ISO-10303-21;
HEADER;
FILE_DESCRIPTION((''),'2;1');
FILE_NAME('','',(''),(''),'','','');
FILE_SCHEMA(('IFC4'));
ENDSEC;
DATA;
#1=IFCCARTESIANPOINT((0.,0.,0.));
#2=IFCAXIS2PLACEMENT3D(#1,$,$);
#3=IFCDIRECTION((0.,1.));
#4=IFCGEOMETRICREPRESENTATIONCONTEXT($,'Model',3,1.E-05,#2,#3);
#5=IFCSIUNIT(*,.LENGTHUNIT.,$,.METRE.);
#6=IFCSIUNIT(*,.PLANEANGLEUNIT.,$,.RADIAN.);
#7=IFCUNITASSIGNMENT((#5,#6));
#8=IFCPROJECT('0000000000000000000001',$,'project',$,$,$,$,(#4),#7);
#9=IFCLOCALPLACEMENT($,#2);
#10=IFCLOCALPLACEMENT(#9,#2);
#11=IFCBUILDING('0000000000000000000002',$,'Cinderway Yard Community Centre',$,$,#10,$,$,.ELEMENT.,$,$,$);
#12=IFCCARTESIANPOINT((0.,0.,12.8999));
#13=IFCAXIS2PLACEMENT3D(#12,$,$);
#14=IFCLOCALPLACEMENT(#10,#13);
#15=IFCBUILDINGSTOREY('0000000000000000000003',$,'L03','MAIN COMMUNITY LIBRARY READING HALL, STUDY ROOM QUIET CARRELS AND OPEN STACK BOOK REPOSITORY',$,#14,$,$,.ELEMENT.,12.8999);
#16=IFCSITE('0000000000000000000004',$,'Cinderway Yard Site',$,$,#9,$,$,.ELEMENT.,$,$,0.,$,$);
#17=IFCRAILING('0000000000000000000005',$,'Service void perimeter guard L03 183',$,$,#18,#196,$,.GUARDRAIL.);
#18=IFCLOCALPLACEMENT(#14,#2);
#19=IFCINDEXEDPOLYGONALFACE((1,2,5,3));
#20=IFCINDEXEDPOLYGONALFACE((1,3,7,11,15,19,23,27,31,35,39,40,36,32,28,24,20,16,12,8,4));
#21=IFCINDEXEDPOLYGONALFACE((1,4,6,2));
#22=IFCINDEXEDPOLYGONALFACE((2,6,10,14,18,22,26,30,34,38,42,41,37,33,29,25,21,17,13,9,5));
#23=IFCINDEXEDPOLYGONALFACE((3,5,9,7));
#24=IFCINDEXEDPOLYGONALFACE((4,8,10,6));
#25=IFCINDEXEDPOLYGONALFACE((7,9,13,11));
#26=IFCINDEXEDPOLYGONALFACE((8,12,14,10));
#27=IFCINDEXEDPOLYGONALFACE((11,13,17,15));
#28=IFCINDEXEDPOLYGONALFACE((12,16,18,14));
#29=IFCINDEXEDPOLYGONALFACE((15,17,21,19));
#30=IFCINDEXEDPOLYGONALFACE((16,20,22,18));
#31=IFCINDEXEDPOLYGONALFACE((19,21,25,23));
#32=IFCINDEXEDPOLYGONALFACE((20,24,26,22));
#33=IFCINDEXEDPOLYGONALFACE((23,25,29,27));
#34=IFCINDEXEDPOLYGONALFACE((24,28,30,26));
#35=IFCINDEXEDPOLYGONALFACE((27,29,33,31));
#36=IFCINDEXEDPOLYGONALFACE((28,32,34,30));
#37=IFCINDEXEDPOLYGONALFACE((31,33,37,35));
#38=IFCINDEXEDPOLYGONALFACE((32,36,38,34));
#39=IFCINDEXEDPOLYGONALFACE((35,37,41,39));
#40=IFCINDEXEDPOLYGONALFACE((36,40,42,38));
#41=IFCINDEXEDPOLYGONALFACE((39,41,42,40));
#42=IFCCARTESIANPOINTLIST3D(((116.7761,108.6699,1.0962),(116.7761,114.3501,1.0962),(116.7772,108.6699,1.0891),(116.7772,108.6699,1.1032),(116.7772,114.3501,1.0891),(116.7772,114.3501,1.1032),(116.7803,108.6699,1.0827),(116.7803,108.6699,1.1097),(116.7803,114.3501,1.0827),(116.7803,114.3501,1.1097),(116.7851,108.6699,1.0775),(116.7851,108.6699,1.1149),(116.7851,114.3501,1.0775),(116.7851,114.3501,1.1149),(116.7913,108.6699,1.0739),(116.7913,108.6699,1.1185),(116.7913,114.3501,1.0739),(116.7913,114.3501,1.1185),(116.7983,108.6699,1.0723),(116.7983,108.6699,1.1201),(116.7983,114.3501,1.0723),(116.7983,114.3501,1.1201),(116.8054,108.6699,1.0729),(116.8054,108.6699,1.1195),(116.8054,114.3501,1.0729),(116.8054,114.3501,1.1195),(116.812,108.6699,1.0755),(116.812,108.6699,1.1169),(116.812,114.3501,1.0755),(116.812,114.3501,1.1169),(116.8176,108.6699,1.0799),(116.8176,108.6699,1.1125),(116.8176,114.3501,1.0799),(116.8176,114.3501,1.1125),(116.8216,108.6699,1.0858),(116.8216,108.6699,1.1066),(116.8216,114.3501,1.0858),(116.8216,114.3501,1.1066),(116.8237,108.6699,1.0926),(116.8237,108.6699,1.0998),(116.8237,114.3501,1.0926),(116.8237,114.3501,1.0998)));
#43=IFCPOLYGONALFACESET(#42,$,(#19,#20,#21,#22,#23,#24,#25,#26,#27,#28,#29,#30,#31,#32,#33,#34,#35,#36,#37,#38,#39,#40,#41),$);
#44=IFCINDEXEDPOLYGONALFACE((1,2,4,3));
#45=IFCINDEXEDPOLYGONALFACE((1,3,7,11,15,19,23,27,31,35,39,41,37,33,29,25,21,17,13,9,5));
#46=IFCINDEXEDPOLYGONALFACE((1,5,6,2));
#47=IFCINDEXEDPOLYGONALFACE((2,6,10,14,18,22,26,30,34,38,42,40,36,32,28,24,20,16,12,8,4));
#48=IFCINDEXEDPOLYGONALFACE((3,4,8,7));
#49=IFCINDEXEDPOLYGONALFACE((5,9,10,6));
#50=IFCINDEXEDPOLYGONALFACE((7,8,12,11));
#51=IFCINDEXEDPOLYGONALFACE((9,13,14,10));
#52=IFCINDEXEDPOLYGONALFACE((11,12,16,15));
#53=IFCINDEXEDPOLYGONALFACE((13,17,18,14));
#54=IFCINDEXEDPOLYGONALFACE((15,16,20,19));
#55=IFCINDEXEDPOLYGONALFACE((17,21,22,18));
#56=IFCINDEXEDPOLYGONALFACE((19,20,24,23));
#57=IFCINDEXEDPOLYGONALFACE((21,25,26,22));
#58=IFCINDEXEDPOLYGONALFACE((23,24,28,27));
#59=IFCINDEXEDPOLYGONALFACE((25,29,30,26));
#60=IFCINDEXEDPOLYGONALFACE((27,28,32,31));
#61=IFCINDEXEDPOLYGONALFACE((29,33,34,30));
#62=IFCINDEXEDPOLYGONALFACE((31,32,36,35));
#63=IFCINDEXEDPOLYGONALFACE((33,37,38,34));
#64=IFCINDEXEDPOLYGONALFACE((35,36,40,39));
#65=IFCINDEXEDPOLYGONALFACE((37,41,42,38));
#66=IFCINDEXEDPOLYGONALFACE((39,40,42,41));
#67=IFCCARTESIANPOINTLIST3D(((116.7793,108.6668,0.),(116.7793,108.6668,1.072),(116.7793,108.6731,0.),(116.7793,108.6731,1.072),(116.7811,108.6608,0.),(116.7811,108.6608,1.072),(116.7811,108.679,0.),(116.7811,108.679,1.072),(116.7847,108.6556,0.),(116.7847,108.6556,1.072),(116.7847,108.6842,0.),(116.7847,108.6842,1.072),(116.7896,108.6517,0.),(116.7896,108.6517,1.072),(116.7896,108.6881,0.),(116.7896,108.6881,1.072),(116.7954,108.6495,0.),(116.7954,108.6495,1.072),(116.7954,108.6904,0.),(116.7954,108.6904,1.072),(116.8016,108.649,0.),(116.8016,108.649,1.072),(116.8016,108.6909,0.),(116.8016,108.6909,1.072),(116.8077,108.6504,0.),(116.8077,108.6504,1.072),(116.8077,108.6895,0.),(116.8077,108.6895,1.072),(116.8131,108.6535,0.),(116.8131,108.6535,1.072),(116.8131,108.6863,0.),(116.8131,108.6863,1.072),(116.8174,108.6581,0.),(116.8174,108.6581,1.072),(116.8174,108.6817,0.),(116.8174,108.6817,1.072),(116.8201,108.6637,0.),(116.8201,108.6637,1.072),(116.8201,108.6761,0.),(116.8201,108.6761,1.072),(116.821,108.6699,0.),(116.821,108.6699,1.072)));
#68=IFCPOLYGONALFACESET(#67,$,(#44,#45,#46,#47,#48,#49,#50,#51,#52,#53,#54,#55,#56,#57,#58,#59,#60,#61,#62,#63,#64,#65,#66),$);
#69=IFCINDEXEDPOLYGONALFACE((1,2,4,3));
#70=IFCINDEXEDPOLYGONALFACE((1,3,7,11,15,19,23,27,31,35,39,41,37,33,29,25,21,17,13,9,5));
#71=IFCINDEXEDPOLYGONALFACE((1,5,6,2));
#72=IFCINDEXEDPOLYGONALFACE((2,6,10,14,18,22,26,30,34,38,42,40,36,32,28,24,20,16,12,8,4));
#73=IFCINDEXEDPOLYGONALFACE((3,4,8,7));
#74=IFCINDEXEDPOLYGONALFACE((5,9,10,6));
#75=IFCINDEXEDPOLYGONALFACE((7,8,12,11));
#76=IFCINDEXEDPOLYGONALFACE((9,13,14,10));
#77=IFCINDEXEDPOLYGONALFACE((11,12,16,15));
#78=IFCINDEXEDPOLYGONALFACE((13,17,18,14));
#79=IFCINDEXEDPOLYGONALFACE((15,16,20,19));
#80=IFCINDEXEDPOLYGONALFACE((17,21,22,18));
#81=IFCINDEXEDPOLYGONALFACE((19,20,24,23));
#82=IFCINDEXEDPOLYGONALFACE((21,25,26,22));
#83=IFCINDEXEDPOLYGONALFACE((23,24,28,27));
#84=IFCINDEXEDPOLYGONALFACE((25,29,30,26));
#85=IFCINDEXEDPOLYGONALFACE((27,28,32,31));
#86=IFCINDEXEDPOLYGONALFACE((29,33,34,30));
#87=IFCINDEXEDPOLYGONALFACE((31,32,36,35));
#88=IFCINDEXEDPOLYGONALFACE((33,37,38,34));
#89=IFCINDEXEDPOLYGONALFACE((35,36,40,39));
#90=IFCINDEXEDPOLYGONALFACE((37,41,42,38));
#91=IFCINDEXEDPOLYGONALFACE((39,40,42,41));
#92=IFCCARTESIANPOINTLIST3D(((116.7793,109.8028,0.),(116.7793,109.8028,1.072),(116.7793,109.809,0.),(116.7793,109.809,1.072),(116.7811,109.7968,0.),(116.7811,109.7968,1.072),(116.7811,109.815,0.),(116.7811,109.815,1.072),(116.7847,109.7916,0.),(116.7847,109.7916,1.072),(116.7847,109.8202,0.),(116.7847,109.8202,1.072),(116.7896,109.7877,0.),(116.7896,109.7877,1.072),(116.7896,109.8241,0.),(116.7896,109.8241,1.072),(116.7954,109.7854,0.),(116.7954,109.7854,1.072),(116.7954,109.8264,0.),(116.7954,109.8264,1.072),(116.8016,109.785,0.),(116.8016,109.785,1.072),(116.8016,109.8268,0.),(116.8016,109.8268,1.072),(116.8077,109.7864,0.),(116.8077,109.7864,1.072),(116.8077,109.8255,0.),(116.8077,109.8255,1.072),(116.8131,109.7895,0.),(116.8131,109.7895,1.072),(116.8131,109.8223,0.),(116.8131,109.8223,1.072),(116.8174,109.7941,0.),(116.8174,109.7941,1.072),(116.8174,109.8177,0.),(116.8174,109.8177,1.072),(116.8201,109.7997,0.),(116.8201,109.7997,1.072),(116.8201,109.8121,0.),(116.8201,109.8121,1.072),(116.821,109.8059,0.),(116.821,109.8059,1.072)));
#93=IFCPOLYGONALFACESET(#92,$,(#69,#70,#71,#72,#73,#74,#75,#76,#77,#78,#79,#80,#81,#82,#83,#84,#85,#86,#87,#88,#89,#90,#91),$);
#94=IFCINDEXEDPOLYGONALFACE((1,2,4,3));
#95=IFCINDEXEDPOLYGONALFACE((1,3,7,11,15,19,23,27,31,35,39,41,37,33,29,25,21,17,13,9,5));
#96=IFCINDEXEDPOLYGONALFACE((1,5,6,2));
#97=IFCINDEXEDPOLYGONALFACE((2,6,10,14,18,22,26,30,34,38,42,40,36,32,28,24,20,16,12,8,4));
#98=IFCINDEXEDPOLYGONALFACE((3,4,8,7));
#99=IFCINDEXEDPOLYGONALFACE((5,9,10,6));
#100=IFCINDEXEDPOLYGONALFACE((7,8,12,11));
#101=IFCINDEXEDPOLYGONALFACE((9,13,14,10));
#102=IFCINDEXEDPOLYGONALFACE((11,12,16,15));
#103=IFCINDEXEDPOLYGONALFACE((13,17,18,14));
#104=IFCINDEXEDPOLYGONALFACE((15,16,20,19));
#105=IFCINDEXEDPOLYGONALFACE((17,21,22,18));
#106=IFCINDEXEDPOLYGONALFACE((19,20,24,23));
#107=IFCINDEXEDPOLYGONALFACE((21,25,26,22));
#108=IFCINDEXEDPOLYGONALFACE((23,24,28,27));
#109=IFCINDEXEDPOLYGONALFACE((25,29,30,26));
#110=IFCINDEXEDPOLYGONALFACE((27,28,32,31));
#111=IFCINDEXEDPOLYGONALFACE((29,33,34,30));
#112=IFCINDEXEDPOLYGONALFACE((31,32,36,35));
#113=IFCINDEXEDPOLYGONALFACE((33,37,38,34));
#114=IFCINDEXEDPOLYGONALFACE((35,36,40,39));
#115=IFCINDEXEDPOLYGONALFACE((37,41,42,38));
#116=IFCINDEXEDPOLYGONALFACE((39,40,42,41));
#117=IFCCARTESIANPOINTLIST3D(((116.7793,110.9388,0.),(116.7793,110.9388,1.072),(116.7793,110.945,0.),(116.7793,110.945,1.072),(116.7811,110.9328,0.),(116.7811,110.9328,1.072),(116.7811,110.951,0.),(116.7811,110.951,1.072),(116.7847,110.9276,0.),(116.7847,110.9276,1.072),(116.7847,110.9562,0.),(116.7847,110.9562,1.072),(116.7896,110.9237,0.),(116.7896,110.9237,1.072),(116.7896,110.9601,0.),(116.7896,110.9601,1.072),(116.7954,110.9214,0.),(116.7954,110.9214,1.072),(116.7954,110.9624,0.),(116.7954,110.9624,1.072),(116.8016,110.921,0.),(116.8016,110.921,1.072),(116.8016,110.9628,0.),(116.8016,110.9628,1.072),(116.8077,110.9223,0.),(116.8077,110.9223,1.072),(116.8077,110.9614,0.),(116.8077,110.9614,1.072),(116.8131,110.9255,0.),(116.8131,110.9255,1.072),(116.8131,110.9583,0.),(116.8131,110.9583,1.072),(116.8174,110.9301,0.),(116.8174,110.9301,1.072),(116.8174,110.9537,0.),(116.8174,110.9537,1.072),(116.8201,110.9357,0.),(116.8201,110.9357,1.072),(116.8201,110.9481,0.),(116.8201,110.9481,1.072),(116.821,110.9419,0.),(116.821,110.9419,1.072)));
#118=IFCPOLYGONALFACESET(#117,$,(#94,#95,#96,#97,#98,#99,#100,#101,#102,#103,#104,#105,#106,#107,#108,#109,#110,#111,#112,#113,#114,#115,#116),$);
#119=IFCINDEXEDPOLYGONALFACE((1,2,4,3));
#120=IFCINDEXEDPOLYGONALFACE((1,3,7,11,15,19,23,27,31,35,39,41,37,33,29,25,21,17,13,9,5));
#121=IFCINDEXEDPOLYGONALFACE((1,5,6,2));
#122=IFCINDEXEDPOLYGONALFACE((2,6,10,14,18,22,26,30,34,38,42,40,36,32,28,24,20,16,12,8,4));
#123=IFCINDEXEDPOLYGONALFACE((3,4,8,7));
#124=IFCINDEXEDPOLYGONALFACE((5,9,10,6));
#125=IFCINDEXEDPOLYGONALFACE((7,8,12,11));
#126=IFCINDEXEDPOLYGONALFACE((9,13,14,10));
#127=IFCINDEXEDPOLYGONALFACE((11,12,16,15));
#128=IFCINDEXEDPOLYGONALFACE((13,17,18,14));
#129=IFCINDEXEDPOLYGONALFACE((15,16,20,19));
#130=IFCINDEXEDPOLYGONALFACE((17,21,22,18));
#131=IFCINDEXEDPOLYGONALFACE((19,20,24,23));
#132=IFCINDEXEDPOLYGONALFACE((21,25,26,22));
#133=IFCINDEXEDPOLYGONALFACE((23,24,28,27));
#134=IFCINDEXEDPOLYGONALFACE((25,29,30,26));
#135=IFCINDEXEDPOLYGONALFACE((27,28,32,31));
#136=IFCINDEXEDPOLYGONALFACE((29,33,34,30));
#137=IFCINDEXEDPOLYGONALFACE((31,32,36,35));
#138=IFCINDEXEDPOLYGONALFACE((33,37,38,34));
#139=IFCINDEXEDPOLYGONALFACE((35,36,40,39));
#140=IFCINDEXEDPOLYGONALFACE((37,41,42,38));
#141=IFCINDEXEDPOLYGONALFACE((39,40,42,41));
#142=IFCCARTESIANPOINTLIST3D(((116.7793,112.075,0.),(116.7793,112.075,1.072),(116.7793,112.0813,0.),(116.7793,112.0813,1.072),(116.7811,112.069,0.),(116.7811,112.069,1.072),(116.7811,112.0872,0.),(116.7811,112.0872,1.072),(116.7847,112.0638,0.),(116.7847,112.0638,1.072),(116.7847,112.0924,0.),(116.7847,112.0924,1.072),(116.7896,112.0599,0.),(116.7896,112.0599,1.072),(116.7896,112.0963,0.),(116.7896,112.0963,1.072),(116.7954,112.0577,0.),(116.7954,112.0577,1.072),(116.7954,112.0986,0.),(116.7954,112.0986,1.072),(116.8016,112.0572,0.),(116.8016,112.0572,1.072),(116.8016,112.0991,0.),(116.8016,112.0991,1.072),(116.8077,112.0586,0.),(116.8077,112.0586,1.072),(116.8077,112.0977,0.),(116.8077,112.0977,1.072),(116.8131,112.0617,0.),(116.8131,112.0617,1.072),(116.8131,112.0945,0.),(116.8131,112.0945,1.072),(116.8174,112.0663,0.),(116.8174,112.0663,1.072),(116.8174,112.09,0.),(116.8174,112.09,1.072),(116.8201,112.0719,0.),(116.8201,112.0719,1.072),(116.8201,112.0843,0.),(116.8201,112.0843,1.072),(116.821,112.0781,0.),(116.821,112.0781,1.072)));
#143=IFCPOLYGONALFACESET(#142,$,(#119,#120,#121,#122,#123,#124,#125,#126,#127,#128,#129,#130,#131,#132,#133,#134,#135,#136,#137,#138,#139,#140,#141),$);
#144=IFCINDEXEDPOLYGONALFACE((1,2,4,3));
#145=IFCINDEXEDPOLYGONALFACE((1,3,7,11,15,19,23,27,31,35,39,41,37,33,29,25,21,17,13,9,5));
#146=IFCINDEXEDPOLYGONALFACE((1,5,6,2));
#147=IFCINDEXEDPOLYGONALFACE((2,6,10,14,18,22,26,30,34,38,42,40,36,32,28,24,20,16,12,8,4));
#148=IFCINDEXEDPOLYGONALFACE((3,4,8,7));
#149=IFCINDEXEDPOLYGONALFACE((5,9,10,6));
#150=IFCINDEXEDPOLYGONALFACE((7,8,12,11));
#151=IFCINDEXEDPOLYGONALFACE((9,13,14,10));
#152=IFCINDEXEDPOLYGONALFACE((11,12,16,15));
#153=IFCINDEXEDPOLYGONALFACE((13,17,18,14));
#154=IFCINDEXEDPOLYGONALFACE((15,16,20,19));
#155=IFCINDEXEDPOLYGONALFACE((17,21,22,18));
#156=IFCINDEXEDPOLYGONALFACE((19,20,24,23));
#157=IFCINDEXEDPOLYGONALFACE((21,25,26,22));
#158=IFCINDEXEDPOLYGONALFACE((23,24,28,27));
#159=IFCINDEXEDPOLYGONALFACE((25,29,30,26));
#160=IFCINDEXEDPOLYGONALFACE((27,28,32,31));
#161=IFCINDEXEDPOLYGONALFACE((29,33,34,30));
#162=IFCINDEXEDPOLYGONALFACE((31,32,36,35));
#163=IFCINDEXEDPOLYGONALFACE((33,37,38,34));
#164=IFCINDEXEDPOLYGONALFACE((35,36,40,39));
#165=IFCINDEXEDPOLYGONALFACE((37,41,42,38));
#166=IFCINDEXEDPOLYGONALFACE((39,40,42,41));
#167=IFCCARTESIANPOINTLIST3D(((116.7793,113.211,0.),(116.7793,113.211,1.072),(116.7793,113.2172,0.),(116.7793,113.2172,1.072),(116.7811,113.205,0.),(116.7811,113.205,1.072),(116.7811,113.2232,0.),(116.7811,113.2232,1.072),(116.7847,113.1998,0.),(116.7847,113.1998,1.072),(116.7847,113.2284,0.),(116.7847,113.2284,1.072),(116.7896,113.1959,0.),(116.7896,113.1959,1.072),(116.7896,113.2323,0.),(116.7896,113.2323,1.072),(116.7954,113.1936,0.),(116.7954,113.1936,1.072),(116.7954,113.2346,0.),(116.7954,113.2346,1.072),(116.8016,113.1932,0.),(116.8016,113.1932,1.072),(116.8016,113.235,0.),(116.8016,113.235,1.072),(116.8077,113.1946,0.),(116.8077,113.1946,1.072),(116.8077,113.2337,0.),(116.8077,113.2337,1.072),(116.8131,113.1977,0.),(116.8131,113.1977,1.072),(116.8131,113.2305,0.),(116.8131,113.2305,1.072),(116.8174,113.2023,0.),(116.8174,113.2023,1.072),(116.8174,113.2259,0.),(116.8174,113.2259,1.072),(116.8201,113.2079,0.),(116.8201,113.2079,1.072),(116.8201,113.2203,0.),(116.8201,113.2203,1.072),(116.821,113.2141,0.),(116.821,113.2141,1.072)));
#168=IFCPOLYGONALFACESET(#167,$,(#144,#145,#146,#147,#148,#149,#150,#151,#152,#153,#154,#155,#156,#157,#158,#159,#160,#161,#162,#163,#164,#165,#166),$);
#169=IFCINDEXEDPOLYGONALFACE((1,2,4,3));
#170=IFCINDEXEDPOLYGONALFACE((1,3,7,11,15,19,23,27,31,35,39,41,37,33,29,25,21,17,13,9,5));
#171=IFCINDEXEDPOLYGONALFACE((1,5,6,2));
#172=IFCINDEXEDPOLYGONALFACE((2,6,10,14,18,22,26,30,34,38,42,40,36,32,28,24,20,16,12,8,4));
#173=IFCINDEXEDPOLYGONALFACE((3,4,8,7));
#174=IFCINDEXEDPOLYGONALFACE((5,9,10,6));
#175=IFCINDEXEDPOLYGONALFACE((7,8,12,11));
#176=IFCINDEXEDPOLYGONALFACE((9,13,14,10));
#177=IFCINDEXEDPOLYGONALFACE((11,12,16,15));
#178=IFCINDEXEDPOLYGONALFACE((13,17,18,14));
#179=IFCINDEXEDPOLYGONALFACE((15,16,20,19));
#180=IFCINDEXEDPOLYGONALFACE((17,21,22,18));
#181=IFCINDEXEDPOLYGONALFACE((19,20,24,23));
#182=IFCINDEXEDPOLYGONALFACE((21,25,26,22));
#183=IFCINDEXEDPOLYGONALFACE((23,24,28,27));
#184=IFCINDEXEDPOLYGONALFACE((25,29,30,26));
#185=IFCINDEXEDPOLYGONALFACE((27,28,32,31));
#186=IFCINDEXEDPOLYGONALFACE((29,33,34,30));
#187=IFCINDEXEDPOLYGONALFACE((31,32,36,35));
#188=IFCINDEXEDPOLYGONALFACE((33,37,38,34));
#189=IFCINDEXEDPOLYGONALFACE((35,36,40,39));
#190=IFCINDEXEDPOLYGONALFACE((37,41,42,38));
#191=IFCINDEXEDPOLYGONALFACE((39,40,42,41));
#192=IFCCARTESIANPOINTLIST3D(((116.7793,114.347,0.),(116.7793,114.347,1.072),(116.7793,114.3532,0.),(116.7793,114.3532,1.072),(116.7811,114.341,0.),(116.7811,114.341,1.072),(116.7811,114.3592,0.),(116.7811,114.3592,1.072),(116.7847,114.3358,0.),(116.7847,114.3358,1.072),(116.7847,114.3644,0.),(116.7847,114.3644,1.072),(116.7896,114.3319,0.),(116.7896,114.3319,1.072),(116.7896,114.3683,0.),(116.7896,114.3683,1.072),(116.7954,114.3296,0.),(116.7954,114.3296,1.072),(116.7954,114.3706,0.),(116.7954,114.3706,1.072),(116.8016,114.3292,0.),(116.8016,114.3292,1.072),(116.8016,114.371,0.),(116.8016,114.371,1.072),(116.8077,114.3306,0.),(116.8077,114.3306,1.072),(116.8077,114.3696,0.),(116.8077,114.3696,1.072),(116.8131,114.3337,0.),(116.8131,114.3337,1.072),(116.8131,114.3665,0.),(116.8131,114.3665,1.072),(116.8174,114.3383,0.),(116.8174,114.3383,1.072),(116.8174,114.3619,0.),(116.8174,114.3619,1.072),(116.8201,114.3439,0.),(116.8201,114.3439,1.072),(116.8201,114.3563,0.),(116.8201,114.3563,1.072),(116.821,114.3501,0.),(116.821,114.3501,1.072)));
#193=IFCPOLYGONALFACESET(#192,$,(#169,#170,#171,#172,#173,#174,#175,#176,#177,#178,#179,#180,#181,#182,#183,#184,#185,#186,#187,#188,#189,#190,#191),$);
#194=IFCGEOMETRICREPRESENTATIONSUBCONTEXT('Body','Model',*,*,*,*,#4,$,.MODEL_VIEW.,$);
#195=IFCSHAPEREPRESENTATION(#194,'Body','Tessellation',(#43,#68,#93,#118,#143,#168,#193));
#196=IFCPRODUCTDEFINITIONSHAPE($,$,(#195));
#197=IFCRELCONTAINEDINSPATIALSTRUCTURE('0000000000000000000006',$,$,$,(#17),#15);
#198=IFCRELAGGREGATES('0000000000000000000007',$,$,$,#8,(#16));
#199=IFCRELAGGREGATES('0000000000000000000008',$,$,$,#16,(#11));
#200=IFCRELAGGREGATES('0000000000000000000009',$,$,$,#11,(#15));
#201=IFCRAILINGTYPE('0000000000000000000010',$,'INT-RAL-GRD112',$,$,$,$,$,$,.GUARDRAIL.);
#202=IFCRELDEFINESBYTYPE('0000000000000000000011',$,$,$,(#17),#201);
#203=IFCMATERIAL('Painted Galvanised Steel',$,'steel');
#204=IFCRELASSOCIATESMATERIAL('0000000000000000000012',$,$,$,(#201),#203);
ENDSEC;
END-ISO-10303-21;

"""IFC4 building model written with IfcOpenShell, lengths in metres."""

from ifc_helpers import new_model, si_unit, direction, frame, origin, origin_2d, place, context, subcontext, project, spatial, circle, extrude, material, type_object, element, save


model = new_model("IFC4")

# Units and contexts
model_context = context("Model", 3, precision=1e-05, world=origin(), true_north=direction((0.0, 1.0)))
body_context = subcontext(model_context, "Body", "Model", "MODEL_VIEW")
ifc_project = project(units=[si_unit("LENGTHUNIT", "METRE"), si_unit("PLANEANGLEUNIT", "RADIAN")], contexts=[model_context])

# Site, building, storey
site_placement = place(None, origin())
site = spatial("IfcSite", under=ifc_project, at=site_placement, Name="Cinderway Yard Site", CompositionType="ELEMENT", RefElevation=0.0)
building_placement = place(site_placement, origin())
building = spatial("IfcBuilding", under=site, at=building_placement, Name="Cinderway Yard Community Centre", CompositionType="ELEMENT")
storey_placement = place(building_placement, frame((0.0, 0.0, 12.8999)))
storey = spatial("IfcBuildingStorey", under=building, at=storey_placement, Name="L03", Description="MAIN COMMUNITY LIBRARY READING HALL, STUDY ROOM QUIET CARRELS AND OPEN STACK BOOK REPOSITORY", CompositionType="ELEMENT", Elevation=12.8999)

# Shared definitions
ifc_material_1 = material(Name="Painted Galvanised Steel", Category="steel")

# Railing
railing_type_1 = type_object("IfcRailingType", Name="INT-RAL-GRD112", PredefinedType="GUARDRAIL", material=ifc_material_1)
railing_1_placement = place(storey_placement, frame((116.8, 108.6699, 0.0)))
element("IfcRailing", 1, at=railing_1_placement, inside=storey, type_object=railing_type_1, Name="Service void perimeter guard L03 183", PredefinedType="GUARDRAIL", context=body_context, shape_type="SweptSolid", body=[
    extrude(circle(Radius=0.0239, at=origin_2d()), frame((0.0, 0.0, 1.0962), z_axis=(0.0, 1.0, 0.0), x_axis=(-1.0, 0.0, 0.0)), (0.0, 0.0, 1.0), 5.6802),
    extrude(circle(Radius=0.021, at=origin_2d()), origin(), (0.0, 0.0, 1.0), 1.072),
    extrude(circle(Radius=0.021, at=origin_2d()), frame((0.0, 1.136, 0.0)), (0.0, 0.0, 1.0), 1.072),
    extrude(circle(Radius=0.021, at=origin_2d()), frame((0.0, 2.272, 0.0)), (0.0, 0.0, 1.0), 1.072),
    extrude(circle(Radius=0.021, at=origin_2d()), frame((0.0, 3.4082, 0.0)), (0.0, 0.0, 1.0), 1.072),
    extrude(circle(Radius=0.021, at=origin_2d()), frame((0.0, 4.5442, 0.0)), (0.0, 0.0, 1.0), 1.072),
    extrude(circle(Radius=0.021, at=origin_2d()), frame((0.0, 5.6802, 0.0)), (0.0, 0.0, 1.0), 1.072),
])

save(model, "model.ifc")
